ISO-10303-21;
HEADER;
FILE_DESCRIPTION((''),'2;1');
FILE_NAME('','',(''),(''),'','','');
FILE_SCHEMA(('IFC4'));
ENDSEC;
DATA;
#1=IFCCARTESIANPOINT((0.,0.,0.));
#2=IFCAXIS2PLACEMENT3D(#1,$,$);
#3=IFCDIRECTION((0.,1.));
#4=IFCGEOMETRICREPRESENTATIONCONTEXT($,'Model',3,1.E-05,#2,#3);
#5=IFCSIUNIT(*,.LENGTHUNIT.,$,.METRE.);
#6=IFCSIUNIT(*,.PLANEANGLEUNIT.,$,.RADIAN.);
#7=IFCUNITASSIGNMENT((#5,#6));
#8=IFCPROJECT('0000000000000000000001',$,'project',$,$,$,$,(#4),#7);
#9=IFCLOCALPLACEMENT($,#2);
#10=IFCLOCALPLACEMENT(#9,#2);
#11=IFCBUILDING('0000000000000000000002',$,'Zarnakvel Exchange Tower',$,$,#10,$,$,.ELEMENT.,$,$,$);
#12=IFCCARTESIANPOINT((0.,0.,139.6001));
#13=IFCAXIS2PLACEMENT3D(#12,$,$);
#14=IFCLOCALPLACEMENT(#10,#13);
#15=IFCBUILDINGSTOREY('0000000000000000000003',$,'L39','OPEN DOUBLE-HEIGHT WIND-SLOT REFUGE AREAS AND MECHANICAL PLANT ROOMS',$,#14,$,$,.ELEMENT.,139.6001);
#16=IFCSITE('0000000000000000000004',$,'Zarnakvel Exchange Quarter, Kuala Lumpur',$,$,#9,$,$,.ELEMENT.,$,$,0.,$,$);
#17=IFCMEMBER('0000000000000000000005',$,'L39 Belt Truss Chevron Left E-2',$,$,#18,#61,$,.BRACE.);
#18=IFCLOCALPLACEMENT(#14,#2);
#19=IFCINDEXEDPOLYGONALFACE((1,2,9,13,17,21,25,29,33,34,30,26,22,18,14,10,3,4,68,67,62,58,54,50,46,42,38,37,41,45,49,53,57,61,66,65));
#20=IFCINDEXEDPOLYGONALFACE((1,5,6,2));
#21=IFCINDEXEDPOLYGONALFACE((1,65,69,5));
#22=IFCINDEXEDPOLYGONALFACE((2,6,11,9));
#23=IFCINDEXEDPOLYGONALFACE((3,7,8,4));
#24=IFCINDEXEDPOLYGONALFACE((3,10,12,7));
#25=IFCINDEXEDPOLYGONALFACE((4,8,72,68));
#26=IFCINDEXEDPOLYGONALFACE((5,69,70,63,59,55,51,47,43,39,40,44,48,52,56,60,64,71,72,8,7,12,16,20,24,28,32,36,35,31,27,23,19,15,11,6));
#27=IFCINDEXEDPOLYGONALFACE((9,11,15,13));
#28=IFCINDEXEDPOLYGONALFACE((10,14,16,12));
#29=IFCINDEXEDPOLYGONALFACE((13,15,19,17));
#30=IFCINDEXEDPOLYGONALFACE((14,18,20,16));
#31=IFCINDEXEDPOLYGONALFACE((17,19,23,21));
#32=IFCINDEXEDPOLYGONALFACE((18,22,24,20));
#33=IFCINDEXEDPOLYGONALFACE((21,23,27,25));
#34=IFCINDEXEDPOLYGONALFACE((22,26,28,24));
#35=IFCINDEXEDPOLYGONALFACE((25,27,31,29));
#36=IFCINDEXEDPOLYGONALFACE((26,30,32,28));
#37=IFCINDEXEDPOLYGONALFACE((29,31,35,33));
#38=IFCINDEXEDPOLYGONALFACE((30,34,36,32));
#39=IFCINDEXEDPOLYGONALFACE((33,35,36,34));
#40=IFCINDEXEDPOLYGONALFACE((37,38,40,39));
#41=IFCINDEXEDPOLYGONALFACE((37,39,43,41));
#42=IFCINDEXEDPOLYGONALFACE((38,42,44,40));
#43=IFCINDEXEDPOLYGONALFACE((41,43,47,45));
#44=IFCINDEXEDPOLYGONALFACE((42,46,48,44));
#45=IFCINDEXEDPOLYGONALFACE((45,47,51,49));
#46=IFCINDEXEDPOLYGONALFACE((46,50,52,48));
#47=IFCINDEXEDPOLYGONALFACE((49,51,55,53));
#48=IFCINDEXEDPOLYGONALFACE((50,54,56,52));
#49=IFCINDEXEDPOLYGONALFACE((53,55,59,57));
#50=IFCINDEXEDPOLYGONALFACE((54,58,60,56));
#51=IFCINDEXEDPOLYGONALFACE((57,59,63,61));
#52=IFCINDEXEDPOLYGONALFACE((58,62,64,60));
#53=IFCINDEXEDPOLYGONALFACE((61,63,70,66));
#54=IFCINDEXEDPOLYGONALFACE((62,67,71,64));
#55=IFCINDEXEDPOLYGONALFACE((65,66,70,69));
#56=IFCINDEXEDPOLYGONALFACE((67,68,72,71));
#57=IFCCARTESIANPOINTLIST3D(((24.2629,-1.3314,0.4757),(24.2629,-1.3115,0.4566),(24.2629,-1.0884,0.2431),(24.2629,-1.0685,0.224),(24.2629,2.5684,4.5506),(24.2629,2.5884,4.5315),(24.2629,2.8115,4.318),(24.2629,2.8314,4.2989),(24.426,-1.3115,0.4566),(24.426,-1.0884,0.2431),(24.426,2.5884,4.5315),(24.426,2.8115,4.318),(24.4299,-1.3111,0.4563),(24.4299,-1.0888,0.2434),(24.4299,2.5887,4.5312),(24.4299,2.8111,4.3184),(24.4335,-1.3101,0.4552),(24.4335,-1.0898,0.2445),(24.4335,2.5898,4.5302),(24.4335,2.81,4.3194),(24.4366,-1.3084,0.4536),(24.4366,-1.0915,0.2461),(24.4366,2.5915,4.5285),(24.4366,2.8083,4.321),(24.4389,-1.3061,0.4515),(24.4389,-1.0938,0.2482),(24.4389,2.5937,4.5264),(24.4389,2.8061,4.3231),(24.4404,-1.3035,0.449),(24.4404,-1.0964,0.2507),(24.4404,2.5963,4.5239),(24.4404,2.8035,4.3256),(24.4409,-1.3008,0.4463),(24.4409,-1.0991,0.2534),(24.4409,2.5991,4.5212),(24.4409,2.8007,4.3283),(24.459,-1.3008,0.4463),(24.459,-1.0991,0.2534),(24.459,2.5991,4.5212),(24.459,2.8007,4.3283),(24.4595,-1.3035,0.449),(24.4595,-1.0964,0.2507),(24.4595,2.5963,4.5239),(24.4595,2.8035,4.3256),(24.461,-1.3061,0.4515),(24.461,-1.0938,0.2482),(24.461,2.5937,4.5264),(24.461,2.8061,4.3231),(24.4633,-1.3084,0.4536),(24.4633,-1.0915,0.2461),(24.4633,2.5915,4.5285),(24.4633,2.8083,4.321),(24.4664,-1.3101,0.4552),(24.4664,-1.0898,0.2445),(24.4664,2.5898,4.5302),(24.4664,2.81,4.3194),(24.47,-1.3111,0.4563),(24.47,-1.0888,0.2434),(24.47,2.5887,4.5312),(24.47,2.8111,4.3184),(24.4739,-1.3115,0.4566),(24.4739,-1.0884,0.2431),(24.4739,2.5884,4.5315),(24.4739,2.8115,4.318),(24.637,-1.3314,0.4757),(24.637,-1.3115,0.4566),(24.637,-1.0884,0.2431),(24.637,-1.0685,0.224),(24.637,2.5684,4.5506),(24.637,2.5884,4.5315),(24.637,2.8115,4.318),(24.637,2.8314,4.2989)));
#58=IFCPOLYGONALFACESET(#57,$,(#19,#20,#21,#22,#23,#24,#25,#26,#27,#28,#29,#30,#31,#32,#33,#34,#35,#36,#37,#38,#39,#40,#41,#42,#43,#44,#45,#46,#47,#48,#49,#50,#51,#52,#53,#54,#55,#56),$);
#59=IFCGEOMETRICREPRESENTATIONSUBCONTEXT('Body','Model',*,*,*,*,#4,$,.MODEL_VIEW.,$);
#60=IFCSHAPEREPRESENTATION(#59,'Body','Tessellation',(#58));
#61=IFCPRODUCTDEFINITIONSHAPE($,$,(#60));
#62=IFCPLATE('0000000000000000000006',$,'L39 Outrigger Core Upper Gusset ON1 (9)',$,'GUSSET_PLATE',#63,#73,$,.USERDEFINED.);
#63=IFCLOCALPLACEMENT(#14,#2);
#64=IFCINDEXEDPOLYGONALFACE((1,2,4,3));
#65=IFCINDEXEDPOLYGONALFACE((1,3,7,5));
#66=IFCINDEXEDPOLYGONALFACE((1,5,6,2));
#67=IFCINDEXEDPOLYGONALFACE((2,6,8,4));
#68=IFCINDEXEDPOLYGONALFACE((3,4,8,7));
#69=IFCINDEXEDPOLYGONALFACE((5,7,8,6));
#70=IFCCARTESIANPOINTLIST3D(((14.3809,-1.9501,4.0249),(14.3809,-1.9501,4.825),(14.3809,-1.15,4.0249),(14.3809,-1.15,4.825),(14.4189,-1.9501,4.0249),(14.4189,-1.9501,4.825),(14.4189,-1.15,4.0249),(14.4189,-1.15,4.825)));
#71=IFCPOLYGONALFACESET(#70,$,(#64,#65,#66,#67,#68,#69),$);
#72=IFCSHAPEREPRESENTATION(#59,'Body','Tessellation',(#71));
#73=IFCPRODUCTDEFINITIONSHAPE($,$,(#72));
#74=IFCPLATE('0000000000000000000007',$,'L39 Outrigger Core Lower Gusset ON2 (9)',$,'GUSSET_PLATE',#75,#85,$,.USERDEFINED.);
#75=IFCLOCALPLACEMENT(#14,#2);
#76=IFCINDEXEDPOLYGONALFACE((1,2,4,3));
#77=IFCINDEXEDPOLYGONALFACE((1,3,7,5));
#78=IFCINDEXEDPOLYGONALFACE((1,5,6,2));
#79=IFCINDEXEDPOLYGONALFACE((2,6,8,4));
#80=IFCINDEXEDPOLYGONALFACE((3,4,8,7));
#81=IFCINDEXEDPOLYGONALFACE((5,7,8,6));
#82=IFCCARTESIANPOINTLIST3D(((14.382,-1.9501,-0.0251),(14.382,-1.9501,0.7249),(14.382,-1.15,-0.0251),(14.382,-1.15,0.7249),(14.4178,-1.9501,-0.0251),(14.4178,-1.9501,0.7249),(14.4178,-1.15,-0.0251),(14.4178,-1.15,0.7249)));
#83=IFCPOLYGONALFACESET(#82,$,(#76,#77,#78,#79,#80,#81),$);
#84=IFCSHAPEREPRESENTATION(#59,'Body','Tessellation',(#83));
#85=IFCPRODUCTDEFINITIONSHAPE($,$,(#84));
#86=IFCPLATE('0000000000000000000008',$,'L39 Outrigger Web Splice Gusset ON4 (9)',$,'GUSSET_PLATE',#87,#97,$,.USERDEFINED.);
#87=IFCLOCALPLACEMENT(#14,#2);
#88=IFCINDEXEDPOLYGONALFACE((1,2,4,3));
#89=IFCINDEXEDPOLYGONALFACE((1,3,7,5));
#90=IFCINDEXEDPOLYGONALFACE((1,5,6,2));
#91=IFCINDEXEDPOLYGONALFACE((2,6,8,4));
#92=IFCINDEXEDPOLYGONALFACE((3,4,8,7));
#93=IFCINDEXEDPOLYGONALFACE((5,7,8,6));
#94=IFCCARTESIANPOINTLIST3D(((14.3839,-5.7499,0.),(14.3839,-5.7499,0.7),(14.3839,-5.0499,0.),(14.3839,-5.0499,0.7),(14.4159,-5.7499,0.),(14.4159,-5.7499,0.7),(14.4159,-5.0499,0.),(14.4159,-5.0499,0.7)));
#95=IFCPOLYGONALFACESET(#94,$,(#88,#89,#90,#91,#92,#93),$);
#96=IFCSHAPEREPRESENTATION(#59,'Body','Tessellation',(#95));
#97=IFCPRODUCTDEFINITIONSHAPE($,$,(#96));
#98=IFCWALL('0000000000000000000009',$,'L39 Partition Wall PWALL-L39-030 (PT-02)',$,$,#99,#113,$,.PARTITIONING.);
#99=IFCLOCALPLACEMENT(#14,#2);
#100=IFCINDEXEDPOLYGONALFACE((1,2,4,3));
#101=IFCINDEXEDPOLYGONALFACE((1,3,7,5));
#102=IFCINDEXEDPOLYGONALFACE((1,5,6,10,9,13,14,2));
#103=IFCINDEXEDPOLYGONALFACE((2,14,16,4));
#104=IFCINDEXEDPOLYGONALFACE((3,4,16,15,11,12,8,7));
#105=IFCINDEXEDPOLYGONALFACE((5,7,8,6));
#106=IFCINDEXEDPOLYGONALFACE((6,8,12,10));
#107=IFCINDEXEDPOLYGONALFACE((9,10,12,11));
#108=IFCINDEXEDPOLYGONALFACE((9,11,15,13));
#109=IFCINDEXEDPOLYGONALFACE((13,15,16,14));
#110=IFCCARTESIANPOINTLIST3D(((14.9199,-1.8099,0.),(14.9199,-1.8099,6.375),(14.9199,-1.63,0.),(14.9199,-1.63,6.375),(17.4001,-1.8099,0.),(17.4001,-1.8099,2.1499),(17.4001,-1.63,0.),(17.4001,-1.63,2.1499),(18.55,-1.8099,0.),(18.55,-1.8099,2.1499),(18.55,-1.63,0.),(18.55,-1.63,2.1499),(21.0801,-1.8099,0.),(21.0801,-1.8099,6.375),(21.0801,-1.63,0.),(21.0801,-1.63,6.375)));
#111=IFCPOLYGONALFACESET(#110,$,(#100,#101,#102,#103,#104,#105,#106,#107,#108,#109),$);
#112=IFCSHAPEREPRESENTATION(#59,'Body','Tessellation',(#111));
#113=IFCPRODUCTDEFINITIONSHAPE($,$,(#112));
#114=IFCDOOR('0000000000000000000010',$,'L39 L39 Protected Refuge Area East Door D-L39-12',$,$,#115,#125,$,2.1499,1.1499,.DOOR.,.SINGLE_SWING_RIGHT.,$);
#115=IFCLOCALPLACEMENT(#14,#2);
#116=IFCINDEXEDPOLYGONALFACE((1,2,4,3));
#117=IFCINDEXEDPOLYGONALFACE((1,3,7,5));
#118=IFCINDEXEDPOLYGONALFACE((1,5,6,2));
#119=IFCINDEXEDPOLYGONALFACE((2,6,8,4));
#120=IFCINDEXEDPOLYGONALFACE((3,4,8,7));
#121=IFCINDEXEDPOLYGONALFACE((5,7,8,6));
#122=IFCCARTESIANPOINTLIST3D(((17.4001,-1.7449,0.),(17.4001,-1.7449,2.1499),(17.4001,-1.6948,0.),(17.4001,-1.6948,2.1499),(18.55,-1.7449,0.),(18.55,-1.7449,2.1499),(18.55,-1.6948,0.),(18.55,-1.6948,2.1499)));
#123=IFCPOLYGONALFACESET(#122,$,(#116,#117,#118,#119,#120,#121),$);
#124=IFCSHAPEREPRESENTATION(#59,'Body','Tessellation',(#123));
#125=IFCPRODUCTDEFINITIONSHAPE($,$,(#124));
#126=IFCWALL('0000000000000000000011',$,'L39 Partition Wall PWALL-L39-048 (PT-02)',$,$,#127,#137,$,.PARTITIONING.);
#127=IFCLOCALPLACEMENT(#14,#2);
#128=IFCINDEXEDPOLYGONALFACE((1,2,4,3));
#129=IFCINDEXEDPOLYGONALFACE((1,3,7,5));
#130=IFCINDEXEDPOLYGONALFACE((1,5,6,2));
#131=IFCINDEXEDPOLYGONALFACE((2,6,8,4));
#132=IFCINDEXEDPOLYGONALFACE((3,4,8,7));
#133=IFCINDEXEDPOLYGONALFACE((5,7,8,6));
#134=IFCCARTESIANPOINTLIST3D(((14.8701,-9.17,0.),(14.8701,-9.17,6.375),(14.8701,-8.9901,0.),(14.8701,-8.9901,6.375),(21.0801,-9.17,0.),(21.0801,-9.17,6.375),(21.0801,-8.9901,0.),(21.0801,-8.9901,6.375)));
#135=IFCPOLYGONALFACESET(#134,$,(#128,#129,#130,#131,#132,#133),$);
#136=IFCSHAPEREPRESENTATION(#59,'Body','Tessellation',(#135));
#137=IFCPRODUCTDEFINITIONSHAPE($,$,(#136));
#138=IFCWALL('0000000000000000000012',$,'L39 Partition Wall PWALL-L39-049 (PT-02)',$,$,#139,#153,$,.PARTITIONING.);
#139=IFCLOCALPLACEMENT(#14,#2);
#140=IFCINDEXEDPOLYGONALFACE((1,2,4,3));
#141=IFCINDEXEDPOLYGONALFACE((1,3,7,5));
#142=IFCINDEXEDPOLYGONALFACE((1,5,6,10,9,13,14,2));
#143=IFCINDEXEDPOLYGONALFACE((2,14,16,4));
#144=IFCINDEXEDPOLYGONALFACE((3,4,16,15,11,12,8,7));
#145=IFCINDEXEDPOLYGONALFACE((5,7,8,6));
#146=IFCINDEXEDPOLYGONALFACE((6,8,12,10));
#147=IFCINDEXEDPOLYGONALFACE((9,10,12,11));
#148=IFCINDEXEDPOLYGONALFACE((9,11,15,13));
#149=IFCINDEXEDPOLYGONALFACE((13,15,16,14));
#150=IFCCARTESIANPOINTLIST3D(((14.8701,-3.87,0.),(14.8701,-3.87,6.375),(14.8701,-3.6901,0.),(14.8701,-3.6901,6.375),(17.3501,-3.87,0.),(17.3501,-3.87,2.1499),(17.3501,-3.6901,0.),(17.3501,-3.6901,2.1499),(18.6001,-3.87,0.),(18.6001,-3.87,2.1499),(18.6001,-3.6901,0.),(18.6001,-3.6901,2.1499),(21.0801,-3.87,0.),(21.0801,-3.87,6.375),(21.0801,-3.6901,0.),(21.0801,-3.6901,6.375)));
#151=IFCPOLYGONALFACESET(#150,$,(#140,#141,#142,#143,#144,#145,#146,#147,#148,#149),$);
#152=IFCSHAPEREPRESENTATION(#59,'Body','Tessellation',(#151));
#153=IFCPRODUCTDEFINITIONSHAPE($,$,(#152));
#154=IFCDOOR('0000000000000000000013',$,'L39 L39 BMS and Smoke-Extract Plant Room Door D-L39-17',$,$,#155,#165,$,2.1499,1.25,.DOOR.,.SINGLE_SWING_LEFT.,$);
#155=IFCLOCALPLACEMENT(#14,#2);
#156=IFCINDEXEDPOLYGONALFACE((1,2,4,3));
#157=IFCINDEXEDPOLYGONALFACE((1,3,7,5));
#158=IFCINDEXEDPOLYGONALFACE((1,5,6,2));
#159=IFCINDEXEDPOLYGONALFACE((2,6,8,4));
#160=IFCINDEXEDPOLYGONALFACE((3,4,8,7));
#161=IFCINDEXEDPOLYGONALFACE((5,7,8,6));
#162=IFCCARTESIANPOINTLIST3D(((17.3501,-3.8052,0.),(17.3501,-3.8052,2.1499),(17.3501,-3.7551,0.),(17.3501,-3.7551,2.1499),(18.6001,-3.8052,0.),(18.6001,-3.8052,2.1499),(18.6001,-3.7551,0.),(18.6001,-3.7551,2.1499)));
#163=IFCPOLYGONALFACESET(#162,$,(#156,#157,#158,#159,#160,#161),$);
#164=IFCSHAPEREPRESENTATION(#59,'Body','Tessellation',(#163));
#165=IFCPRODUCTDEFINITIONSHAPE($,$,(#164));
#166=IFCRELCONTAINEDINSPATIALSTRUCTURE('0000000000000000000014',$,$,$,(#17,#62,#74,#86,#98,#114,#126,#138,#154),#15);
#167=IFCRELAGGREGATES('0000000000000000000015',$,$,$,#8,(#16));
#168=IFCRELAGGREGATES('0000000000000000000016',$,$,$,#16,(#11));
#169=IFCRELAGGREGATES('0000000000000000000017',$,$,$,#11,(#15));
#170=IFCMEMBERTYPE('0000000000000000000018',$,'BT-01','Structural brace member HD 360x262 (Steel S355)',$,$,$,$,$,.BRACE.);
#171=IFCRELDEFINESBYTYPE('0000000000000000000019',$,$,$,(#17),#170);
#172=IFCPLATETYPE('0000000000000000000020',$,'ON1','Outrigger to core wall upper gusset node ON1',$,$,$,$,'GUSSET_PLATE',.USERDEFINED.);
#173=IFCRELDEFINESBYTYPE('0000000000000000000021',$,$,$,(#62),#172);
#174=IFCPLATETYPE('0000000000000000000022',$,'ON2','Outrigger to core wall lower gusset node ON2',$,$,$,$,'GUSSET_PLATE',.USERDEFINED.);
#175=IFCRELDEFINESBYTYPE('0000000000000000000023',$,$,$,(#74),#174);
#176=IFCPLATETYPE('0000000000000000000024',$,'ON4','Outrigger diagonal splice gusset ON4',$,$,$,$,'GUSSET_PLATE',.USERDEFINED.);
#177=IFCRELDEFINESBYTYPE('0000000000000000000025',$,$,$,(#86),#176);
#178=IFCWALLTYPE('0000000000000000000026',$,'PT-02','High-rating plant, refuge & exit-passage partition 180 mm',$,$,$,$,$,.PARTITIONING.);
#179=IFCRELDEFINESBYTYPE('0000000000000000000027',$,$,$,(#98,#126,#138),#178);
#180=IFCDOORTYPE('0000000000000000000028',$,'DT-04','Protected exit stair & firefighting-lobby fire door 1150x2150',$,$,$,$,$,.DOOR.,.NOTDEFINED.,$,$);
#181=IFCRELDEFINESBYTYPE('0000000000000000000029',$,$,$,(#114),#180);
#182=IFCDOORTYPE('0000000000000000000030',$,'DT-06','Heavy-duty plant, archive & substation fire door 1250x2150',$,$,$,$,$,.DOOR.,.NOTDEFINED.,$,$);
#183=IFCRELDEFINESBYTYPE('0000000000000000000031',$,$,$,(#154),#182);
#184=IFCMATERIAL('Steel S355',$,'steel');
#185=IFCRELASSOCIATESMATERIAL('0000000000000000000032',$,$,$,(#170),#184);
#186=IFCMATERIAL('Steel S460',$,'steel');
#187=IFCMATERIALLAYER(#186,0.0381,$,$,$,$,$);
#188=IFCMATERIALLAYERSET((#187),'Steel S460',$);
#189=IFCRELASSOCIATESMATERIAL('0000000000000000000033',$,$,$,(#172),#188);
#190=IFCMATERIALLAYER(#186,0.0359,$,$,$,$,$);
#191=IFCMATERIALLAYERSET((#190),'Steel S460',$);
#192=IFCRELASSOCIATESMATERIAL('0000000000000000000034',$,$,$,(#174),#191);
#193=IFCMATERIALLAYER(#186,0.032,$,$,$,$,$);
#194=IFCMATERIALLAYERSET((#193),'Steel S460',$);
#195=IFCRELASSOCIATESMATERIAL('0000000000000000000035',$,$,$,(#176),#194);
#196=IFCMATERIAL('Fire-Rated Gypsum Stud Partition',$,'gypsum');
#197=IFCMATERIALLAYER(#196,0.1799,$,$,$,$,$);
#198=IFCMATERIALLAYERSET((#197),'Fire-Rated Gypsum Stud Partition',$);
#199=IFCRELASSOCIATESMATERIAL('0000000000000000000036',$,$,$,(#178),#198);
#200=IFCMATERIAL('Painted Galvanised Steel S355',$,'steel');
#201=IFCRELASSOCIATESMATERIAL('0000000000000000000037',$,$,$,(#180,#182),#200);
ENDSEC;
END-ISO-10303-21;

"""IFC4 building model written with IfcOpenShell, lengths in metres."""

from ifc_helpers import new_model, si_unit, direction, frame, frame_2d, origin, origin_2d, place, context, subcontext, project, spatial, rectangle, i_section, extrude, source, transform, mapped, material, layer, layer_set, material_profile, profile_set, type_object, element, fill, save


model = new_model("IFC4")

# Units and contexts
model_context = context("Model", 3, precision=1e-05, world=origin(), true_north=direction((0.0, 1.0)))
body_context = subcontext(model_context, "Body", "Model", "MODEL_VIEW")
ifc_project = project(units=[si_unit("LENGTHUNIT", "METRE"), si_unit("PLANEANGLEUNIT", "RADIAN")], contexts=[model_context])

# Site, building, storey
site_placement = place(None, origin())
site = spatial("IfcSite", under=ifc_project, at=site_placement, Name="Zarnakvel Exchange Quarter, Kuala Lumpur", CompositionType="ELEMENT", RefElevation=0.0)
building_placement = place(site_placement, origin())
building = spatial("IfcBuilding", under=site, at=building_placement, Name="Zarnakvel Exchange Tower", CompositionType="ELEMENT")
storey_placement = place(building_placement, frame((0.0, 0.0, 139.6001)))
storey = spatial("IfcBuildingStorey", under=building, at=storey_placement, Name="L39", Description="OPEN DOUBLE-HEIGHT WIND-SLOT REFUGE AREAS AND MECHANICAL PLANT ROOMS", CompositionType="ELEMENT", Elevation=139.6001)

# Shared definitions
ifc_material_1 = material(Name="Steel S355", Category="steel")

# Shared definitions
ifc_material_2 = material(Name="Steel S460", Category="steel")

# Member
ifc_material_profile_1 = material_profile(ifc_material_1, i_section(OverallWidth=0.374, OverallDepth=0.364, WebThickness=0.0181, FlangeThickness=0.0276, FilletRadius=0.0149, at=origin_2d()))
ifc_profile_set_1 = profile_set([ifc_material_profile_1], Name="Steel S355")
member_type_1 = type_object("IfcMemberType", Name="BT-01", Description="Structural brace member HD 360x262 (Steel S355)", PredefinedType="BRACE", material=ifc_profile_set_1)
shared_shape_1 = source(origin(), body_context, "Body", "SweptSolid", [
    extrude(i_section(OverallWidth=0.374, OverallDepth=0.364, WebThickness=0.0181, FlangeThickness=0.0276, FilletRadius=0.0149, at=origin_2d()), origin(), (0.0, 0.0, 1.0), 5.6404),
])
member_1_placement = place(storey_placement, frame((24.45, -1.2, 0.3499), z_axis=(0.0, 0.691419, 0.722454), x_axis=(-1.0, 0.0, 0.0)))
element("IfcMember", 1, at=member_1_placement, inside=storey, type_object=member_type_1, Name="L39 Belt Truss Chevron Left E-2", PredefinedType="BRACE", context=body_context, shape_type="MappedRepresentation", body=[
    mapped(shared_shape_1, transform((0.0, 0.0, 0.0), x_axis=(1.0, 0.0, 0.0), y_axis=(0.0, 1.0, 0.0), z_axis=(0.0, 0.0, 1.0), scale=1.0)),
])

# Plates
ifc_layer_1 = layer(ifc_material_2, 0.0381)
ifc_layer_set_1 = layer_set([ifc_layer_1], Name="Steel S460")
plate_type_1 = type_object("IfcPlateType", Name="ON1", Description="Outrigger to core wall upper gusset node ON1", ElementType="GUSSET_PLATE", PredefinedType="USERDEFINED", material=ifc_layer_set_1)
shared_shape_2 = source(origin(), body_context, "Body", "SweptSolid", [
    extrude(rectangle(XDim=0.0381, YDim=0.8, at=origin_2d()), origin(), (0.0, 0.0, 1.0), 0.8),
])
plate_1_placement = place(storey_placement, frame((14.3999, -1.55, 4.0249), z_axis=(0.0, 0.0, 1.0), x_axis=(1.0, 0.0, 0.0)))
element("IfcPlate", 2, at=plate_1_placement, inside=storey, type_object=plate_type_1, Name="L39 Outrigger Core Upper Gusset ON1 (9)", ObjectType="GUSSET_PLATE", PredefinedType="USERDEFINED", context=body_context, shape_type="MappedRepresentation", body=[
    mapped(shared_shape_2, transform((0.0, 0.0, 0.0), x_axis=(1.0, 0.0, 0.0), y_axis=(0.0, 1.0, 0.0), z_axis=(0.0, 0.0, 1.0), scale=1.0)),
])
ifc_layer_2 = layer(ifc_material_2, 0.0359)
ifc_layer_set_2 = layer_set([ifc_layer_2], Name="Steel S460")
plate_type_2 = type_object("IfcPlateType", Name="ON2", Description="Outrigger to core wall lower gusset node ON2", ElementType="GUSSET_PLATE", PredefinedType="USERDEFINED", material=ifc_layer_set_2)
shared_shape_3 = source(origin(), body_context, "Body", "SweptSolid", [
    extrude(rectangle(XDim=0.0359, YDim=0.8, at=origin_2d()), origin(), (0.0, 0.0, 1.0), 0.75),
])
plate_2_placement = place(storey_placement, frame((14.3999, -1.55, -0.0251), z_axis=(0.0, 0.0, 1.0), x_axis=(1.0, 0.0, 0.0)))
element("IfcPlate", 3, at=plate_2_placement, inside=storey, type_object=plate_type_2, Name="L39 Outrigger Core Lower Gusset ON2 (9)", ObjectType="GUSSET_PLATE", PredefinedType="USERDEFINED", context=body_context, shape_type="MappedRepresentation", body=[
    mapped(shared_shape_3, transform((0.0, 0.0, 0.0), x_axis=(1.0, 0.0, 0.0), y_axis=(0.0, 1.0, 0.0), z_axis=(0.0, 0.0, 1.0), scale=1.0)),
])
ifc_layer_3 = layer(ifc_material_2, 0.032)
ifc_layer_set_3 = layer_set([ifc_layer_3], Name="Steel S460")
plate_type_3 = type_object("IfcPlateType", Name="ON4", Description="Outrigger diagonal splice gusset ON4", ElementType="GUSSET_PLATE", PredefinedType="USERDEFINED", material=ifc_layer_set_3)
shared_shape_4 = source(origin(), body_context, "Body", "SweptSolid", [
    extrude(rectangle(XDim=0.032, YDim=0.7, at=origin_2d()), origin(), (0.0, 0.0, 1.0), 0.7),
])
plate_3_placement = place(storey_placement, frame((14.3999, -5.3999, 0.0), z_axis=(0.0, 0.0, 1.0), x_axis=(1.0, 0.0, 0.0)))
element("IfcPlate", 4, at=plate_3_placement, inside=storey, type_object=plate_type_3, Name="L39 Outrigger Web Splice Gusset ON4 (9)", ObjectType="GUSSET_PLATE", PredefinedType="USERDEFINED", context=body_context, shape_type="MappedRepresentation", body=[
    mapped(shared_shape_4, transform((0.0, 0.0, 0.0), x_axis=(1.0, 0.0, 0.0), y_axis=(0.0, 1.0, 0.0), z_axis=(0.0, 0.0, 1.0), scale=1.0)),
])

# Wall, opening, door
ifc_material_3 = material(Name="Fire-Rated Gypsum Stud Partition", Category="gypsum")
ifc_layer_4 = layer(ifc_material_3, 0.1799)
ifc_layer_set_4 = layer_set([ifc_layer_4], Name="Fire-Rated Gypsum Stud Partition")
wall_type = type_object("IfcWallType", Name="PT-02", Description="High-rating plant, refuge & exit-passage partition 180 mm", PredefinedType="PARTITIONING", material=ifc_layer_set_4)
wall_1_placement = place(storey_placement, frame((21.0801, -1.72, 0.0), z_axis=(0.0, 0.0, 1.0), x_axis=(-1.0, 0.0, 0.0)))
wall_1 = element("IfcWall", 5, at=wall_1_placement, inside=storey, type_object=wall_type, Name="L39 Partition Wall PWALL-L39-030 (PT-02)", PredefinedType="PARTITIONING", context=body_context, shape_type="SweptSolid", body=[
    extrude(rectangle(XDim=6.1602, YDim=0.1799, at=frame_2d((3.0801, 0.0))), origin(), (0.0, 0.0, 1.0), 6.375),
])
opening_1_placement = place(wall_1_placement, frame((2.53, 0.0, 0.0)))
opening_1 = element("IfcOpeningElement", 6, at=opening_1_placement, cuts=wall_1, PredefinedType="OPENING", context=body_context, shape_type="SweptSolid", body=[
    extrude(rectangle(XDim=1.1499, YDim=2.1499, at=frame_2d((0.575, 1.075))), frame((0.0, 0.0999, 0.0), z_axis=(0.0, -1.0, 0.0), x_axis=(1.0, 0.0, 0.0)), (0.0, 0.0, 1.0), 0.2),
])
ifc_material_4 = material(Name="Painted Galvanised Steel S355", Category="steel")
door_type_1 = type_object("IfcDoorType", Name="DT-04", Description="Protected exit stair & firefighting-lobby fire door 1150x2150", OperationType="NOTDEFINED", PredefinedType="DOOR", material=ifc_material_4)
shared_shape_5 = source(origin(), body_context, "Body", "SweptSolid", [
    extrude(rectangle(XDim=1.1499, YDim=2.1499, at=frame_2d((0.575, 1.075))), frame((0.0, 0.0249, 0.0), z_axis=(0.0, -1.0, 0.0), x_axis=(1.0, 0.0, 0.0)), (0.0, 0.0, 1.0), 0.05),
])
door_1_placement = place(opening_1_placement, origin())
door_1 = element("IfcDoor", 7, at=door_1_placement, inside=storey, type_object=door_type_1, Name="L39 L39 Protected Refuge Area East Door D-L39-12", OperationType="SINGLE_SWING_RIGHT", OverallHeight=2.1499, OverallWidth=1.1499, PredefinedType="DOOR", context=body_context, shape_type="MappedRepresentation", body=[
    mapped(shared_shape_5, transform((0.0, 0.0, 0.0), x_axis=(1.0, 0.0, 0.0), y_axis=(0.0, 1.0, 0.0), z_axis=(0.0, 0.0, 1.0), scale=1.0)),
])
fill(opening_1, door_1)

# Wall
wall_2_placement = place(storey_placement, frame((21.0801, -9.0801, 0.0), z_axis=(0.0, 0.0, 1.0), x_axis=(-1.0, 0.0, 0.0)))
element("IfcWall", 8, at=wall_2_placement, inside=storey, type_object=wall_type, Name="L39 Partition Wall PWALL-L39-048 (PT-02)", PredefinedType="PARTITIONING", context=body_context, shape_type="SweptSolid", body=[
    extrude(rectangle(XDim=6.21, YDim=0.1799, at=frame_2d((3.105, 0.0))), origin(), (0.0, 0.0, 1.0), 6.375),
])

# Wall, opening, door
wall_3_placement = place(storey_placement, frame((14.8701, -3.78, 0.0), z_axis=(0.0, 0.0, 1.0), x_axis=(1.0, 0.0, 0.0)))
wall_3 = element("IfcWall", 9, at=wall_3_placement, inside=storey, type_object=wall_type, Name="L39 Partition Wall PWALL-L39-049 (PT-02)", PredefinedType="PARTITIONING", context=body_context, shape_type="SweptSolid", body=[
    extrude(rectangle(XDim=6.21, YDim=0.1799, at=frame_2d((3.105, 0.0))), origin(), (0.0, 0.0, 1.0), 6.375),
])
opening_2_placement = place(wall_3_placement, frame((2.48, 0.0, 0.0)))
opening_2 = element("IfcOpeningElement", 10, at=opening_2_placement, cuts=wall_3, PredefinedType="OPENING", context=body_context, shape_type="SweptSolid", body=[
    extrude(rectangle(XDim=1.25, YDim=2.1499, at=frame_2d((0.625, 1.075))), frame((0.0, 0.0999, 0.0), z_axis=(0.0, -1.0, 0.0), x_axis=(1.0, 0.0, 0.0)), (0.0, 0.0, 1.0), 0.2),
])
door_type_2 = type_object("IfcDoorType", Name="DT-06", Description="Heavy-duty plant, archive & substation fire door 1250x2150", OperationType="NOTDEFINED", PredefinedType="DOOR", material=ifc_material_4)
shared_shape_6 = source(origin(), body_context, "Body", "SweptSolid", [
    extrude(rectangle(XDim=1.25, YDim=2.1499, at=frame_2d((0.625, 1.075))), frame((0.0, 0.0249, 0.0), z_axis=(0.0, -1.0, 0.0), x_axis=(1.0, 0.0, 0.0)), (0.0, 0.0, 1.0), 0.05),
])
door_2_placement = place(opening_2_placement, origin())
door_2 = element("IfcDoor", 11, at=door_2_placement, inside=storey, type_object=door_type_2, Name="L39 L39 BMS and Smoke-Extract Plant Room Door D-L39-17", OperationType="SINGLE_SWING_LEFT", OverallHeight=2.1499, OverallWidth=1.25, PredefinedType="DOOR", context=body_context, shape_type="MappedRepresentation", body=[
    mapped(shared_shape_6, transform((0.0, 0.0, 0.0), x_axis=(1.0, 0.0, 0.0), y_axis=(0.0, 1.0, 0.0), z_axis=(0.0, 0.0, 1.0), scale=1.0)),
])
fill(opening_2, door_2)

save(model, "model.ifc")
